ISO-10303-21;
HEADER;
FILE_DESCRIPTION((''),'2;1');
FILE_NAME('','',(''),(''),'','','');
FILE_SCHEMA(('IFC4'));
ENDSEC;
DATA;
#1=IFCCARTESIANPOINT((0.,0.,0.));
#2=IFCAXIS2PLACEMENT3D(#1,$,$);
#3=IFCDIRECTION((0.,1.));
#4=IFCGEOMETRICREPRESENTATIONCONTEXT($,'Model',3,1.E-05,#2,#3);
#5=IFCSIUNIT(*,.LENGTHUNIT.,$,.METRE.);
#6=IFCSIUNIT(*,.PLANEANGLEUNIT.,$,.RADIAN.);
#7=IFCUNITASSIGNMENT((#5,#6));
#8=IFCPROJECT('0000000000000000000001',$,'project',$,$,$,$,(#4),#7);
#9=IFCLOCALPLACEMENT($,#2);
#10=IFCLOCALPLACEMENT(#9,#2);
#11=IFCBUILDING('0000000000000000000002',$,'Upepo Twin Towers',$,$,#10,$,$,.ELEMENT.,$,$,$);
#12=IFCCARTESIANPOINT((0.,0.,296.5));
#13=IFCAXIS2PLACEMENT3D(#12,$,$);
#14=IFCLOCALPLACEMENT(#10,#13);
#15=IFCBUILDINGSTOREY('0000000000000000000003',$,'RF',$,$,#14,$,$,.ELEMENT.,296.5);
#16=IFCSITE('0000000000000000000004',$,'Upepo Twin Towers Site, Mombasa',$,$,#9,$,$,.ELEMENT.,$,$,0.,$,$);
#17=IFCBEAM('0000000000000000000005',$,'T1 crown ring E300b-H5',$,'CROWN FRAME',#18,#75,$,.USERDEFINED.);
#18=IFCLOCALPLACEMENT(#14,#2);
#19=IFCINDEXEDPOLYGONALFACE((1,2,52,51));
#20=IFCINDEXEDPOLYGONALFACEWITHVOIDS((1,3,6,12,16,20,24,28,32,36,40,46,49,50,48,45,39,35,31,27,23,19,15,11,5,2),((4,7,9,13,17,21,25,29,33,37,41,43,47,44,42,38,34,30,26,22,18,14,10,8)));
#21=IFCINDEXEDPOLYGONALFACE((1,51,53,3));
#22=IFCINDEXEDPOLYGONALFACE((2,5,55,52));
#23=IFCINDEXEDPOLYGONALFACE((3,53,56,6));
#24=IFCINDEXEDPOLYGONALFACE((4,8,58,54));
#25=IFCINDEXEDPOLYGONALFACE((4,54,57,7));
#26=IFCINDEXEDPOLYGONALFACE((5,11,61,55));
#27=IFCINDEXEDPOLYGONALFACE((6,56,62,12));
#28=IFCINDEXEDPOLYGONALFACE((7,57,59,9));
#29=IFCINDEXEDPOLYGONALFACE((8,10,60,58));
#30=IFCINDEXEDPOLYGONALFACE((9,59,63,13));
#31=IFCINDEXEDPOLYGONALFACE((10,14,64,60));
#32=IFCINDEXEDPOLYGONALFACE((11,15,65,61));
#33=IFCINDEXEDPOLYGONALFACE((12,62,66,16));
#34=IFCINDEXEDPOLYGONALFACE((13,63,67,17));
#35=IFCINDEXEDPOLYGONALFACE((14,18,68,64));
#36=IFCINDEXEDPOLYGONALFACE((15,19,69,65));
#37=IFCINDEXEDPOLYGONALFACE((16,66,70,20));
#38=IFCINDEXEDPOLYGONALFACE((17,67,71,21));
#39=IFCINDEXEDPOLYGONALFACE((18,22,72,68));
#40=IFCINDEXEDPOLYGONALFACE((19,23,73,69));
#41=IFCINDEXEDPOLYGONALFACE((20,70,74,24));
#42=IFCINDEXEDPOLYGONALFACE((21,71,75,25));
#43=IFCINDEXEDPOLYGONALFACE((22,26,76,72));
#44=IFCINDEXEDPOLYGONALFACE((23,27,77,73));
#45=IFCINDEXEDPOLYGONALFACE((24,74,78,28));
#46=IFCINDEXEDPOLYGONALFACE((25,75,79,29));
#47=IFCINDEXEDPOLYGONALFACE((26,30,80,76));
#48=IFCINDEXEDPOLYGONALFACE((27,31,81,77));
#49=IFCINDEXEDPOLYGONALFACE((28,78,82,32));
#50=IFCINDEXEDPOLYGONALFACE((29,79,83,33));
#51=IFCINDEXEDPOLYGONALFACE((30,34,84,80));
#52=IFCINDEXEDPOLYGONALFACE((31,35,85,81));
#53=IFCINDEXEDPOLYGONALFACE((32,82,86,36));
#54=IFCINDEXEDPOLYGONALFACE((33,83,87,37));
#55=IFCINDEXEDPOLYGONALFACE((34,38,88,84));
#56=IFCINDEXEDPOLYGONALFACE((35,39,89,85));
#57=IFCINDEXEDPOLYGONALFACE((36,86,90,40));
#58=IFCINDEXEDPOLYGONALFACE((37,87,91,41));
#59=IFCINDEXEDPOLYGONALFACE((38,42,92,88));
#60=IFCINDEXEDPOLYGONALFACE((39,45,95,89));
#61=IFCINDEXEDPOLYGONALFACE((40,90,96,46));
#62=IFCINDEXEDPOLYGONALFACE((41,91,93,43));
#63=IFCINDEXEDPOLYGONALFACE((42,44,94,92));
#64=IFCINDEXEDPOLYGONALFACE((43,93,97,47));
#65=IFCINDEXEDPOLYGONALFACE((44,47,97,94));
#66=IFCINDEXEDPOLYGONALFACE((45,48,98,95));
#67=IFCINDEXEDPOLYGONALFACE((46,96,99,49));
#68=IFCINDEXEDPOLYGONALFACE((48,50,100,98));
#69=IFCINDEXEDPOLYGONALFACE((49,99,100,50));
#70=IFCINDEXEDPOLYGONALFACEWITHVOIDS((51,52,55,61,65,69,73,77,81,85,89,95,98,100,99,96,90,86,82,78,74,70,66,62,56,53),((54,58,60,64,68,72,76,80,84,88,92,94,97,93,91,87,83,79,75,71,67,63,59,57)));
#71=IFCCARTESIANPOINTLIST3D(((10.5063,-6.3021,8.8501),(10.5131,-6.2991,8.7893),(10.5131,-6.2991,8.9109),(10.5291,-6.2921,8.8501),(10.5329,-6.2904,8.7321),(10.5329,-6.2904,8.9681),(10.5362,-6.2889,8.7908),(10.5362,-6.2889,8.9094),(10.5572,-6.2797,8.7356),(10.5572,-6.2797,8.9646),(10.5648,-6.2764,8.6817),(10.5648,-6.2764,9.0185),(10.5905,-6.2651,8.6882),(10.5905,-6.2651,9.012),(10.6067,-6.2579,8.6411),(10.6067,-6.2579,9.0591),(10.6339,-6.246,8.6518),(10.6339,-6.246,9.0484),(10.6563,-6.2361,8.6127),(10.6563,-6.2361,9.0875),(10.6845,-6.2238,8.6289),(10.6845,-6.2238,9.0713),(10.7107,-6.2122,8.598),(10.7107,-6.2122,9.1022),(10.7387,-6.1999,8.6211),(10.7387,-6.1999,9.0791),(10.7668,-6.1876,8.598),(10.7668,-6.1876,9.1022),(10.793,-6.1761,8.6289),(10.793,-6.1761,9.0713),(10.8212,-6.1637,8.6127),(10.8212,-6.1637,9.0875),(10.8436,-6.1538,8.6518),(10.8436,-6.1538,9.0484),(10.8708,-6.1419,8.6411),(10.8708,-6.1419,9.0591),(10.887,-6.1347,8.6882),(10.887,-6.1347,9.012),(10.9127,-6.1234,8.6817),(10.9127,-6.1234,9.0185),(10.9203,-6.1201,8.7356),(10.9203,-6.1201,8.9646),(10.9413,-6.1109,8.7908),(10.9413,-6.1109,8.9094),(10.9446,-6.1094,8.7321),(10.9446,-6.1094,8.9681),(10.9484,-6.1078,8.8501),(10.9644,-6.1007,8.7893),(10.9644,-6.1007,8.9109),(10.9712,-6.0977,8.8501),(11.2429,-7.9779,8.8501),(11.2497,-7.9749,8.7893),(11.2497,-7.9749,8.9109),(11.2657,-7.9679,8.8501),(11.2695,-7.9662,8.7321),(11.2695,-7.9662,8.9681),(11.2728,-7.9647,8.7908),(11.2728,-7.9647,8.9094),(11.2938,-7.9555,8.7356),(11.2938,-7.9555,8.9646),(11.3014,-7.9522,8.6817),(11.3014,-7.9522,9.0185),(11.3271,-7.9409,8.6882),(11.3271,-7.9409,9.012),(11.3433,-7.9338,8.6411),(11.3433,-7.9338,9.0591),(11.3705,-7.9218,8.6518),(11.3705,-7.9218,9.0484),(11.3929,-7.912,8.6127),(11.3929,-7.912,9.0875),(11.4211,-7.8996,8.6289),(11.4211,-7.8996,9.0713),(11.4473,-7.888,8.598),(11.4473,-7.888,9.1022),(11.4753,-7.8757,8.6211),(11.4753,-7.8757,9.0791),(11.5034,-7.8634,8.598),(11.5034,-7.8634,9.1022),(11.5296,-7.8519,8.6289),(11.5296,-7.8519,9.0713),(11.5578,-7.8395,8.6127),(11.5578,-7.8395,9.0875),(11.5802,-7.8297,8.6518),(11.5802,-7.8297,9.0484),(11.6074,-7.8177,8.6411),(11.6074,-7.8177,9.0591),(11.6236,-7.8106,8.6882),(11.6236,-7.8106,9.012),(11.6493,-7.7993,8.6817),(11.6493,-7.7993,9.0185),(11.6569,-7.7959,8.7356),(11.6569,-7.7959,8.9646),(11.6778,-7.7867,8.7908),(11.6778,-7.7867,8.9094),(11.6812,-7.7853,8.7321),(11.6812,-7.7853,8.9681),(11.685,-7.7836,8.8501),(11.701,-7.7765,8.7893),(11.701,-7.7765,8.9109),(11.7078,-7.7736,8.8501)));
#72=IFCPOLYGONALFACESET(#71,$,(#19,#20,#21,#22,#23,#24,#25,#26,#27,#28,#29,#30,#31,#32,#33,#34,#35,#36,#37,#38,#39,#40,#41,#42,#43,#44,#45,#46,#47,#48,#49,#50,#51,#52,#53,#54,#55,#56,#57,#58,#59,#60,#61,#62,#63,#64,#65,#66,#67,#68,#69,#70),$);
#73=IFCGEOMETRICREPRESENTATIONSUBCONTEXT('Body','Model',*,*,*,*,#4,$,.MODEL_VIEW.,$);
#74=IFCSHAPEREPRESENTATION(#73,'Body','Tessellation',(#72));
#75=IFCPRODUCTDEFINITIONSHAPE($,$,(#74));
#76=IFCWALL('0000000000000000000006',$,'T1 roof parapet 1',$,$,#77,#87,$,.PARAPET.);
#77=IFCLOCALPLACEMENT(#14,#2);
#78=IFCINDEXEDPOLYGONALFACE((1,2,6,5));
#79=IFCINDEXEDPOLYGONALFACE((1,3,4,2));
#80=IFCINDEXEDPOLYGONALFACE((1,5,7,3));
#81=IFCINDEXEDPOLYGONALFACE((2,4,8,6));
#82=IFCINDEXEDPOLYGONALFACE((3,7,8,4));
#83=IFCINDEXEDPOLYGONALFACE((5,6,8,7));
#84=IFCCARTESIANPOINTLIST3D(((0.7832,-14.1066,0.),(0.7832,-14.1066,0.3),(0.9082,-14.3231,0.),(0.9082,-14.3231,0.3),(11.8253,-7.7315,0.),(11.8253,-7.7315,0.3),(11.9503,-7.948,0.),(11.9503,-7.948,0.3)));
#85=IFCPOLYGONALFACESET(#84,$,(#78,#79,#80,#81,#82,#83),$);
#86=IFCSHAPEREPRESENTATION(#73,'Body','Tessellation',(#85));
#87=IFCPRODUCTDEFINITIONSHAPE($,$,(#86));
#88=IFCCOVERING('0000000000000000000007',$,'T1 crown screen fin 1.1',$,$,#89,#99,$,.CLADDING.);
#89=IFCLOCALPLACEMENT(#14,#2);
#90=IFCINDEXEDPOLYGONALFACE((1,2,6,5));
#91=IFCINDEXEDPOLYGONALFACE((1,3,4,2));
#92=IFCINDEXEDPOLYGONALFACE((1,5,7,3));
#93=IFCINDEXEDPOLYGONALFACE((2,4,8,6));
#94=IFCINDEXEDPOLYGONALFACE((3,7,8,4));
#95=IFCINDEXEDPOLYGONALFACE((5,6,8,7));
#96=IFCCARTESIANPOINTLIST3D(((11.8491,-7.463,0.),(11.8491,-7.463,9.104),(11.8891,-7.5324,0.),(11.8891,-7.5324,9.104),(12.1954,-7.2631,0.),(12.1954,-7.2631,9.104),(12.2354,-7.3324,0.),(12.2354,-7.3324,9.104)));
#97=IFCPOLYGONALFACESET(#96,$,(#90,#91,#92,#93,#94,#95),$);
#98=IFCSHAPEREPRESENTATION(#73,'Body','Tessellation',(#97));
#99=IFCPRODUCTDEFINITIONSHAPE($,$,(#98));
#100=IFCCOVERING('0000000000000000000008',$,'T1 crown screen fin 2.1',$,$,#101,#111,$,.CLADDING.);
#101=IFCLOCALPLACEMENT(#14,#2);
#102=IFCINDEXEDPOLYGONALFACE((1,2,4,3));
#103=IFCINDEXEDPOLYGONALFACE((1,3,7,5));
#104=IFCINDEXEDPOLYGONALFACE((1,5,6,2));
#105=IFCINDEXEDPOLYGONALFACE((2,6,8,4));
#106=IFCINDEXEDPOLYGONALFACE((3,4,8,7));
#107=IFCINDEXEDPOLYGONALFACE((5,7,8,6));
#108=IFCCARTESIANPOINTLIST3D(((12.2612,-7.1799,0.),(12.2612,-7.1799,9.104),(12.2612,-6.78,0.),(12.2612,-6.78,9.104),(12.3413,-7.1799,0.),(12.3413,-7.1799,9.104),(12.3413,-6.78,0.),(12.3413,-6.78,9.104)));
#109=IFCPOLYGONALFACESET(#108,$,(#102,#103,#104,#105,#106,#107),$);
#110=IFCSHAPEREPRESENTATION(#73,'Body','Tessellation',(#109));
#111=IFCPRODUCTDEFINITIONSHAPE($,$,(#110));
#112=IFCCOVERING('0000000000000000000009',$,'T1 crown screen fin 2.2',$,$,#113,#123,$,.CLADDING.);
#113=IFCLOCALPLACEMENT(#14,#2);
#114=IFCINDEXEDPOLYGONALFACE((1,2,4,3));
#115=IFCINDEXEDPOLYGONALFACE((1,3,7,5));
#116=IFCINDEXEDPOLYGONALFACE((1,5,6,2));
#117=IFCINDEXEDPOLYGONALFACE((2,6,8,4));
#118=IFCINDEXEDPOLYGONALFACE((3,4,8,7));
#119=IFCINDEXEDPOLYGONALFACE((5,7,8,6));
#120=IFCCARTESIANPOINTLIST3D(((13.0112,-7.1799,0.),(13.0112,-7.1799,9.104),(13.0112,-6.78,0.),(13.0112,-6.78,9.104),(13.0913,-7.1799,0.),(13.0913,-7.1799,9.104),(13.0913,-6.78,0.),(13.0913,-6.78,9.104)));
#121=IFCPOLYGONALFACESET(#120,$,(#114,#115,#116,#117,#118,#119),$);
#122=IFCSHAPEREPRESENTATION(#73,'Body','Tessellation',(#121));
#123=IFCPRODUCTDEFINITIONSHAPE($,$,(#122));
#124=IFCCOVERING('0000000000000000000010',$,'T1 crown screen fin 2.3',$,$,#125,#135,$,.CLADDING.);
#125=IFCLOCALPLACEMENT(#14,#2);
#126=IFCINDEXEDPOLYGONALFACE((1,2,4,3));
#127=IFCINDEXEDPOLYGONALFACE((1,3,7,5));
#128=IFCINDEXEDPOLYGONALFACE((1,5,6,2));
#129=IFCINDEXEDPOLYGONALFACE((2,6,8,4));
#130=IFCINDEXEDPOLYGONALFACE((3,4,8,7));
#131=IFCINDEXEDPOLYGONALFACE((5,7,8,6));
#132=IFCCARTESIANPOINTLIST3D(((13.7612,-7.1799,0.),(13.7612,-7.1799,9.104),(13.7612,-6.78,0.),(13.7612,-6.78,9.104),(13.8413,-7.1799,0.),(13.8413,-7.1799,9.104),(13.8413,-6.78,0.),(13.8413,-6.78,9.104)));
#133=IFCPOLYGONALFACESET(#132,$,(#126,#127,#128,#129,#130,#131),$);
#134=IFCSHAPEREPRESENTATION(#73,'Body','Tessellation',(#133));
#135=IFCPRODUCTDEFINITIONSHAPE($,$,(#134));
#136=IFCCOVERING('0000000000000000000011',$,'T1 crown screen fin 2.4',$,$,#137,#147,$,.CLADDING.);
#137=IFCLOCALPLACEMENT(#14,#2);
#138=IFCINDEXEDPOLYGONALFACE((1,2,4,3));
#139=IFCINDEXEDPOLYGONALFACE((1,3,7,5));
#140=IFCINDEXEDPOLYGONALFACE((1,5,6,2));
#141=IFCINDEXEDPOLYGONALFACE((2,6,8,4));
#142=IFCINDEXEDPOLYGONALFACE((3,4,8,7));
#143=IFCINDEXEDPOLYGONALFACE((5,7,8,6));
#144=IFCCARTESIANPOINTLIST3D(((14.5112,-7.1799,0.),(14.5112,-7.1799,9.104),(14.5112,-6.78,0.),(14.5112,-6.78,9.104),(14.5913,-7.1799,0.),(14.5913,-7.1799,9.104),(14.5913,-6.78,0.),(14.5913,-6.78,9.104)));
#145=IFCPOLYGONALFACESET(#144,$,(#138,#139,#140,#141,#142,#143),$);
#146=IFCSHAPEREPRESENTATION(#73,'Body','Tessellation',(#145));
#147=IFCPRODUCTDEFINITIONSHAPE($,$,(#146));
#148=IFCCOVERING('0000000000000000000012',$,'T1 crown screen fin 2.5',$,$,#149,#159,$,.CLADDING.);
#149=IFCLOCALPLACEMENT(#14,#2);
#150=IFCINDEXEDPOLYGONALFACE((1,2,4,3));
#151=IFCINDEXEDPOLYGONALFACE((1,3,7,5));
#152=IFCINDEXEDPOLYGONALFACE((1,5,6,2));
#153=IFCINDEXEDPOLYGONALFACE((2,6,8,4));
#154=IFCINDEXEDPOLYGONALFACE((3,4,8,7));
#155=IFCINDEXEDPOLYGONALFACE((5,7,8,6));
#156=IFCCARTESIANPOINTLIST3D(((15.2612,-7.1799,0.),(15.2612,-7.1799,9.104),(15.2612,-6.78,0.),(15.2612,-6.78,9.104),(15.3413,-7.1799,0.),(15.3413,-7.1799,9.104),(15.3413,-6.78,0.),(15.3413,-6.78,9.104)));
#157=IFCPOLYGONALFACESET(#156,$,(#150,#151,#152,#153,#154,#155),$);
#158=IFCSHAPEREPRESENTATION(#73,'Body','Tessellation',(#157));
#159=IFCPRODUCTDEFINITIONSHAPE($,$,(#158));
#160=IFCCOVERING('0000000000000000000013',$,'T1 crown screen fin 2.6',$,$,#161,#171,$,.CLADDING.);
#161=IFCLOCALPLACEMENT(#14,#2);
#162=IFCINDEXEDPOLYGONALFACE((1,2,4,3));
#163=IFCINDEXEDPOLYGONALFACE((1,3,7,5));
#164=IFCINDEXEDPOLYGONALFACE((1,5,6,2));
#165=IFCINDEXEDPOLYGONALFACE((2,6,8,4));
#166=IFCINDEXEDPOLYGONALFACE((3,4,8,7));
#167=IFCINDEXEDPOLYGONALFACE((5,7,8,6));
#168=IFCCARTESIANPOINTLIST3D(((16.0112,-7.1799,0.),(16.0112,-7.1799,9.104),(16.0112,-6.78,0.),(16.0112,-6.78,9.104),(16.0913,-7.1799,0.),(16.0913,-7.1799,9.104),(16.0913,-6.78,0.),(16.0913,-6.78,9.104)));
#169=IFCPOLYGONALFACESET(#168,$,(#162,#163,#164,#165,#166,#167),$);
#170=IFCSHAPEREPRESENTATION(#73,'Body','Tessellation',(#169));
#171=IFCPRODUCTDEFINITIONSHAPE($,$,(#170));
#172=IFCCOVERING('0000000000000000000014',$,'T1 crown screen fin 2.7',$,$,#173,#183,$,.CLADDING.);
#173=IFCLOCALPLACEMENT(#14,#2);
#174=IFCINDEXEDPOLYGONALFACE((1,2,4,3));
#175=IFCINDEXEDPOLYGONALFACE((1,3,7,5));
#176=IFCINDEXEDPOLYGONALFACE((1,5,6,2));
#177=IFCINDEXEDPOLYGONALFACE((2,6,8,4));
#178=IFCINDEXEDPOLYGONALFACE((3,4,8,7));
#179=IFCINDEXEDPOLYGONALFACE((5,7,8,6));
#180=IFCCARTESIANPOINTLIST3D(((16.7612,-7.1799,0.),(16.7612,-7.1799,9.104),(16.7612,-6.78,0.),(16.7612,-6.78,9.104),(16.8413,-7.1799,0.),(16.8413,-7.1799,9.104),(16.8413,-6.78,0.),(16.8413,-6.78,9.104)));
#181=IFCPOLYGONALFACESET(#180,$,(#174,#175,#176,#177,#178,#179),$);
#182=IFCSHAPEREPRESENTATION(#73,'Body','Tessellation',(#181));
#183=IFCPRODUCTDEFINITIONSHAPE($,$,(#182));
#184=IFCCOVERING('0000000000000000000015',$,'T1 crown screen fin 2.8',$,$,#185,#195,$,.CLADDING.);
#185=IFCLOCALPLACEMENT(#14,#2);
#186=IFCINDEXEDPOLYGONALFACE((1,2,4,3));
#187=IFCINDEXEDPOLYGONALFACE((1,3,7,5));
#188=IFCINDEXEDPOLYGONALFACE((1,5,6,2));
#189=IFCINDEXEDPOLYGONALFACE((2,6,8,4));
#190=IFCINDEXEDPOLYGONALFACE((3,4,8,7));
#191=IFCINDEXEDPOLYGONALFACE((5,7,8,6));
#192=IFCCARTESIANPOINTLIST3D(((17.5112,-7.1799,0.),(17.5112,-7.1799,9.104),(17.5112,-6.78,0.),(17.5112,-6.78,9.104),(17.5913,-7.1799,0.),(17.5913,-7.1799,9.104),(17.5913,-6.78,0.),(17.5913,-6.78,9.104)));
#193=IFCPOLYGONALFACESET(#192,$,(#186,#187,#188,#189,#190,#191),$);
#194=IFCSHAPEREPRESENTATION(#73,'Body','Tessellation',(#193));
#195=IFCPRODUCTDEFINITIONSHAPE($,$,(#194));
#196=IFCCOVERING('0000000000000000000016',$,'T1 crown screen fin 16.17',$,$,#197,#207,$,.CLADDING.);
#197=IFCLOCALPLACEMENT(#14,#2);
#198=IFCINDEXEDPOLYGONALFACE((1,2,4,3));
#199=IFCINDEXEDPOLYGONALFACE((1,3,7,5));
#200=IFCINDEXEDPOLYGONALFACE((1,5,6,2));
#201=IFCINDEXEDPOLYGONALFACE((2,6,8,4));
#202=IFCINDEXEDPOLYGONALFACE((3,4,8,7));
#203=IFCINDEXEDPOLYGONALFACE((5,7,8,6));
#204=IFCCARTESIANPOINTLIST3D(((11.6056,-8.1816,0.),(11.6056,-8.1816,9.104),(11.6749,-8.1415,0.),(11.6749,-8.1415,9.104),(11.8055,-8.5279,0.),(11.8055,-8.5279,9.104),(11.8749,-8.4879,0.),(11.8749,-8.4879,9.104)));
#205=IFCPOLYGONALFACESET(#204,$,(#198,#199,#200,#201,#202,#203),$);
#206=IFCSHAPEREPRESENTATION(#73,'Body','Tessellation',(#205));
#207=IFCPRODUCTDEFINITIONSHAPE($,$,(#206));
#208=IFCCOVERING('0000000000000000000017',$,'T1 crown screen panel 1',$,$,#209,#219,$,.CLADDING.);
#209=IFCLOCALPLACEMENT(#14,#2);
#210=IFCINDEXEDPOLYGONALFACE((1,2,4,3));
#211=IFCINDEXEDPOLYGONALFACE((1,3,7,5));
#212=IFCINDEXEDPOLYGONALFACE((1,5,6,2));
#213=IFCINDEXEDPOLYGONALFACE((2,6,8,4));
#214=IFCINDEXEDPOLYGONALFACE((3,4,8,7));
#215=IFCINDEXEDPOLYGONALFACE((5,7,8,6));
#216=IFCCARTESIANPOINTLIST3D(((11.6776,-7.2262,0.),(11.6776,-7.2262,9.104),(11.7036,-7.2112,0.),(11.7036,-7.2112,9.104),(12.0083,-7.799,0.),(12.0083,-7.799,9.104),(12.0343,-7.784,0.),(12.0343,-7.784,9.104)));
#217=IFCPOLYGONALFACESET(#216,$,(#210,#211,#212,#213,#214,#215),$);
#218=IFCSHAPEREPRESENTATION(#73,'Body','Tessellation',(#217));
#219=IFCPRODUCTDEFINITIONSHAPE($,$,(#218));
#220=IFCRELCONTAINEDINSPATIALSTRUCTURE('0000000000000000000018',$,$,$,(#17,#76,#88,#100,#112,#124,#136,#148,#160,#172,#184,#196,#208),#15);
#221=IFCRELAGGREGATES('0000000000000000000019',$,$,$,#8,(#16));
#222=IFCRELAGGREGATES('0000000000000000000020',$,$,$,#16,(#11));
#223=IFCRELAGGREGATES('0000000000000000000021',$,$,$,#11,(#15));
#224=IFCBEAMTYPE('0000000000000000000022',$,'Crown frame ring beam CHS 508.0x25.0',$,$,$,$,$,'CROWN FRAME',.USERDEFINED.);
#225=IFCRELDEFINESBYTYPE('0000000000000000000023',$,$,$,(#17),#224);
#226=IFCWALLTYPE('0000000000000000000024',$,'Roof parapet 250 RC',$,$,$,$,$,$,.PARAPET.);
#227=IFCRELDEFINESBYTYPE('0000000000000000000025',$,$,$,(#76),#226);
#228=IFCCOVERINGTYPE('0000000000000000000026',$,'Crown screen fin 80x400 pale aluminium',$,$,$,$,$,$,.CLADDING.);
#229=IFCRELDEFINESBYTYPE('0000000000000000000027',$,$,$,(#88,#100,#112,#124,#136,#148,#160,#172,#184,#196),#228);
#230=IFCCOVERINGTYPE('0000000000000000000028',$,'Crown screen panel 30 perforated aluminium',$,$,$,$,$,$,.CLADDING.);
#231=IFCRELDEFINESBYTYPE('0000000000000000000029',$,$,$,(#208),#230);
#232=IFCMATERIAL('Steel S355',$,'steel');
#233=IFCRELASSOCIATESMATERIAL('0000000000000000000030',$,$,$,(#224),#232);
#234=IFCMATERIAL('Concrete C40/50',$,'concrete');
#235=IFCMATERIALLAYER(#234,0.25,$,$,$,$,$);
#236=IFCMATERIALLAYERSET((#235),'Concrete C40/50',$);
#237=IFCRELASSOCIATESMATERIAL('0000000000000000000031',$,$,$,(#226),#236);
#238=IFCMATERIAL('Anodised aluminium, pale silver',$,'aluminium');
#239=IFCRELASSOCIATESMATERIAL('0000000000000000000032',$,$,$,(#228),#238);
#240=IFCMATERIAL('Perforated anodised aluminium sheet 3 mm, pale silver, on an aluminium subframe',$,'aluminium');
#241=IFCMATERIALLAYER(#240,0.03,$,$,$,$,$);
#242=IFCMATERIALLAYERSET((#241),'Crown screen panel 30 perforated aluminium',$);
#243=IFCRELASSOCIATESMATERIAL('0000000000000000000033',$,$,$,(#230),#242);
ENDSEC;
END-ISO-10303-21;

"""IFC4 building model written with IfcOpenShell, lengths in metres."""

from ifc_helpers import new_model, si_unit, direction, frame, frame_2d, origin, origin_2d, place, context, subcontext, project, spatial, rectangle, hollow_circle, extrude, material, layer, layer_set, material_profile, profile_set, type_object, element, save


model = new_model("IFC4")

# Units and contexts
model_context = context("Model", 3, precision=1e-05, world=origin(), true_north=direction((0.0, 1.0)))
body_context = subcontext(model_context, "Body", "Model", "MODEL_VIEW")
ifc_project = project(units=[si_unit("LENGTHUNIT", "METRE"), si_unit("PLANEANGLEUNIT", "RADIAN")], contexts=[model_context])

# Site, building, storey
site_placement = place(None, origin())
site = spatial("IfcSite", under=ifc_project, at=site_placement, Name="Upepo Twin Towers Site, Mombasa", CompositionType="ELEMENT", RefElevation=0.0)
building_placement = place(site_placement, origin())
building = spatial("IfcBuilding", under=site, at=building_placement, Name="Upepo Twin Towers", CompositionType="ELEMENT")
storey_placement = place(building_placement, frame((0.0, 0.0, 296.5)))
storey = spatial("IfcBuildingStorey", under=building, at=storey_placement, Name="RF", CompositionType="ELEMENT", Elevation=296.5)

# Beam
ifc_material_1 = material(Name="Steel S355", Category="steel")
ifc_material_profile_1 = material_profile(ifc_material_1, hollow_circle(Radius=0.2539, WallThickness=0.0249, at=origin_2d()), Name="CHS 508.0x25.0")
ifc_profile_set_1 = profile_set([ifc_material_profile_1], Name="Steel S355")
beam_type = type_object("IfcBeamType", Name="Crown frame ring beam CHS 508.0x25.0", ElementType="CROWN FRAME", PredefinedType="USERDEFINED", material=ifc_profile_set_1)
beam_placement = place(storey_placement, frame((11.4753, -7.8757, 8.8501), z_axis=(-0.402385, 0.91547, 0.0), x_axis=(-0.91547, -0.402385, 0.0)))
element("IfcBeam", 1, at=beam_placement, inside=storey, type_object=beam_type, Name="T1 crown ring E300b-H5", ObjectType="CROWN FRAME", PredefinedType="USERDEFINED", context=body_context, shape_type="SweptSolid", body=[
    extrude(hollow_circle(Radius=0.2539, WallThickness=0.0249, at=origin_2d()), origin(), (0.0, 0.0, 1.0), 1.8306),
])

# Wall
ifc_material_2 = material(Name="Concrete C40/50", Category="concrete")
ifc_layer_1 = layer(ifc_material_2, 0.25)
ifc_layer_set_1 = layer_set([ifc_layer_1], Name="Concrete C40/50")
wall_type = type_object("IfcWallType", Name="Roof parapet 250 RC", PredefinedType="PARAPET", material=ifc_layer_set_1)
wall_placement = place(storey_placement, frame((11.8877, -7.8398, 0.0), z_axis=(0.0, 0.0, 1.0), x_axis=(-0.866029, -0.499994, 0.0)))
element("IfcWall", 2, at=wall_placement, inside=storey, type_object=wall_type, Name="T1 roof parapet 1", PredefinedType="PARAPET", context=body_context, shape_type="SweptSolid", body=[
    extrude(rectangle(XDim=12.7502, YDim=0.25, at=frame_2d((6.375, 0.0))), origin(), (0.0, 0.0, 1.0), 0.3),
])

# Coverings
ifc_material_3 = material(Name="Anodised aluminium, pale silver", Category="aluminium")
covering_type_1 = type_object("IfcCoveringType", Name="Crown screen fin 80x400 pale aluminium", PredefinedType="CLADDING", material=ifc_material_3)
for number, where, z_axis, x_axis, name in (
    (3, (12.0422, -7.3977, 0.0), (0.0, 0.0, 1.0), (-0.5, 0.866026, 0.0), "T1 crown screen fin 1.1"),
    (4, (12.3013, -6.98, 0.0), (0.0, 0.0, 1.0), (1.0, 0.0, 0.0), "T1 crown screen fin 2.1"),
    (5, (13.0513, -6.98, 0.0), (0.0, 0.0, 1.0), (1.0, 0.0, 0.0), "T1 crown screen fin 2.2"),
    (6, (13.8013, -6.98, 0.0), (0.0, 0.0, 1.0), (1.0, 0.0, 0.0), "T1 crown screen fin 2.3"),
    (7, (14.5513, -6.98, 0.0), (0.0, 0.0, 1.0), (1.0, 0.0, 0.0), "T1 crown screen fin 2.4"),
    (8, (15.3013, -6.98, 0.0), (0.0, 0.0, 1.0), (1.0, 0.0, 0.0), "T1 crown screen fin 2.5"),
    (9, (16.0513, -6.98, 0.0), (0.0, 0.0, 1.0), (1.0, 0.0, 0.0), "T1 crown screen fin 2.6"),
    (10, (16.8013, -6.98, 0.0), (0.0, 0.0, 1.0), (1.0, 0.0, 0.0), "T1 crown screen fin 2.7"),
    (11, (17.5513, -6.98, 0.0), (0.0, 0.0, 1.0), (1.0, 0.0, 0.0), "T1 crown screen fin 2.8"),
    (12, (11.7402, -8.3347, 0.0), (0.0, 0.0, 1.0), (0.866025, 0.5, 0.0), "T1 crown screen fin 16.17"),
):
    element("IfcCovering", number, at=place(storey_placement, frame(where, z_axis=z_axis, x_axis=x_axis)), inside=storey, type_object=covering_type_1, Name=name, PredefinedType="CLADDING", context=body_context, shape_type="SweptSolid", body=[
        extrude(rectangle(XDim=0.0801, YDim=0.3999, at=origin_2d()), origin(), (0.0, 0.0, 1.0), 9.104),
    ])
ifc_material_4 = material(Name="Perforated anodised aluminium sheet 3 mm, pale silver, on an aluminium subframe", Category="aluminium")
ifc_layer_2 = layer(ifc_material_4, 0.03)
ifc_layer_set_2 = layer_set([ifc_layer_2], Name="Crown screen panel 30 perforated aluminium")
covering_type_2 = type_object("IfcCoveringType", Name="Crown screen panel 30 perforated aluminium", PredefinedType="CLADDING", material=ifc_layer_set_2)
covering_placement = place(storey_placement, frame((11.856, -7.5051, 0.0), z_axis=(0.0, 0.0, 1.0), x_axis=(-0.5, 0.866026, 0.0)))
element("IfcCovering", 13, at=covering_placement, inside=storey, type_object=covering_type_2, Name="T1 crown screen panel 1", PredefinedType="CLADDING", context=body_context, shape_type="SweptSolid", body=[
    extrude(rectangle(XDim=0.6614, YDim=0.03, at=origin_2d()), origin(), (0.0, 0.0, 1.0), 9.104),
])

save(model, "model.ifc")
